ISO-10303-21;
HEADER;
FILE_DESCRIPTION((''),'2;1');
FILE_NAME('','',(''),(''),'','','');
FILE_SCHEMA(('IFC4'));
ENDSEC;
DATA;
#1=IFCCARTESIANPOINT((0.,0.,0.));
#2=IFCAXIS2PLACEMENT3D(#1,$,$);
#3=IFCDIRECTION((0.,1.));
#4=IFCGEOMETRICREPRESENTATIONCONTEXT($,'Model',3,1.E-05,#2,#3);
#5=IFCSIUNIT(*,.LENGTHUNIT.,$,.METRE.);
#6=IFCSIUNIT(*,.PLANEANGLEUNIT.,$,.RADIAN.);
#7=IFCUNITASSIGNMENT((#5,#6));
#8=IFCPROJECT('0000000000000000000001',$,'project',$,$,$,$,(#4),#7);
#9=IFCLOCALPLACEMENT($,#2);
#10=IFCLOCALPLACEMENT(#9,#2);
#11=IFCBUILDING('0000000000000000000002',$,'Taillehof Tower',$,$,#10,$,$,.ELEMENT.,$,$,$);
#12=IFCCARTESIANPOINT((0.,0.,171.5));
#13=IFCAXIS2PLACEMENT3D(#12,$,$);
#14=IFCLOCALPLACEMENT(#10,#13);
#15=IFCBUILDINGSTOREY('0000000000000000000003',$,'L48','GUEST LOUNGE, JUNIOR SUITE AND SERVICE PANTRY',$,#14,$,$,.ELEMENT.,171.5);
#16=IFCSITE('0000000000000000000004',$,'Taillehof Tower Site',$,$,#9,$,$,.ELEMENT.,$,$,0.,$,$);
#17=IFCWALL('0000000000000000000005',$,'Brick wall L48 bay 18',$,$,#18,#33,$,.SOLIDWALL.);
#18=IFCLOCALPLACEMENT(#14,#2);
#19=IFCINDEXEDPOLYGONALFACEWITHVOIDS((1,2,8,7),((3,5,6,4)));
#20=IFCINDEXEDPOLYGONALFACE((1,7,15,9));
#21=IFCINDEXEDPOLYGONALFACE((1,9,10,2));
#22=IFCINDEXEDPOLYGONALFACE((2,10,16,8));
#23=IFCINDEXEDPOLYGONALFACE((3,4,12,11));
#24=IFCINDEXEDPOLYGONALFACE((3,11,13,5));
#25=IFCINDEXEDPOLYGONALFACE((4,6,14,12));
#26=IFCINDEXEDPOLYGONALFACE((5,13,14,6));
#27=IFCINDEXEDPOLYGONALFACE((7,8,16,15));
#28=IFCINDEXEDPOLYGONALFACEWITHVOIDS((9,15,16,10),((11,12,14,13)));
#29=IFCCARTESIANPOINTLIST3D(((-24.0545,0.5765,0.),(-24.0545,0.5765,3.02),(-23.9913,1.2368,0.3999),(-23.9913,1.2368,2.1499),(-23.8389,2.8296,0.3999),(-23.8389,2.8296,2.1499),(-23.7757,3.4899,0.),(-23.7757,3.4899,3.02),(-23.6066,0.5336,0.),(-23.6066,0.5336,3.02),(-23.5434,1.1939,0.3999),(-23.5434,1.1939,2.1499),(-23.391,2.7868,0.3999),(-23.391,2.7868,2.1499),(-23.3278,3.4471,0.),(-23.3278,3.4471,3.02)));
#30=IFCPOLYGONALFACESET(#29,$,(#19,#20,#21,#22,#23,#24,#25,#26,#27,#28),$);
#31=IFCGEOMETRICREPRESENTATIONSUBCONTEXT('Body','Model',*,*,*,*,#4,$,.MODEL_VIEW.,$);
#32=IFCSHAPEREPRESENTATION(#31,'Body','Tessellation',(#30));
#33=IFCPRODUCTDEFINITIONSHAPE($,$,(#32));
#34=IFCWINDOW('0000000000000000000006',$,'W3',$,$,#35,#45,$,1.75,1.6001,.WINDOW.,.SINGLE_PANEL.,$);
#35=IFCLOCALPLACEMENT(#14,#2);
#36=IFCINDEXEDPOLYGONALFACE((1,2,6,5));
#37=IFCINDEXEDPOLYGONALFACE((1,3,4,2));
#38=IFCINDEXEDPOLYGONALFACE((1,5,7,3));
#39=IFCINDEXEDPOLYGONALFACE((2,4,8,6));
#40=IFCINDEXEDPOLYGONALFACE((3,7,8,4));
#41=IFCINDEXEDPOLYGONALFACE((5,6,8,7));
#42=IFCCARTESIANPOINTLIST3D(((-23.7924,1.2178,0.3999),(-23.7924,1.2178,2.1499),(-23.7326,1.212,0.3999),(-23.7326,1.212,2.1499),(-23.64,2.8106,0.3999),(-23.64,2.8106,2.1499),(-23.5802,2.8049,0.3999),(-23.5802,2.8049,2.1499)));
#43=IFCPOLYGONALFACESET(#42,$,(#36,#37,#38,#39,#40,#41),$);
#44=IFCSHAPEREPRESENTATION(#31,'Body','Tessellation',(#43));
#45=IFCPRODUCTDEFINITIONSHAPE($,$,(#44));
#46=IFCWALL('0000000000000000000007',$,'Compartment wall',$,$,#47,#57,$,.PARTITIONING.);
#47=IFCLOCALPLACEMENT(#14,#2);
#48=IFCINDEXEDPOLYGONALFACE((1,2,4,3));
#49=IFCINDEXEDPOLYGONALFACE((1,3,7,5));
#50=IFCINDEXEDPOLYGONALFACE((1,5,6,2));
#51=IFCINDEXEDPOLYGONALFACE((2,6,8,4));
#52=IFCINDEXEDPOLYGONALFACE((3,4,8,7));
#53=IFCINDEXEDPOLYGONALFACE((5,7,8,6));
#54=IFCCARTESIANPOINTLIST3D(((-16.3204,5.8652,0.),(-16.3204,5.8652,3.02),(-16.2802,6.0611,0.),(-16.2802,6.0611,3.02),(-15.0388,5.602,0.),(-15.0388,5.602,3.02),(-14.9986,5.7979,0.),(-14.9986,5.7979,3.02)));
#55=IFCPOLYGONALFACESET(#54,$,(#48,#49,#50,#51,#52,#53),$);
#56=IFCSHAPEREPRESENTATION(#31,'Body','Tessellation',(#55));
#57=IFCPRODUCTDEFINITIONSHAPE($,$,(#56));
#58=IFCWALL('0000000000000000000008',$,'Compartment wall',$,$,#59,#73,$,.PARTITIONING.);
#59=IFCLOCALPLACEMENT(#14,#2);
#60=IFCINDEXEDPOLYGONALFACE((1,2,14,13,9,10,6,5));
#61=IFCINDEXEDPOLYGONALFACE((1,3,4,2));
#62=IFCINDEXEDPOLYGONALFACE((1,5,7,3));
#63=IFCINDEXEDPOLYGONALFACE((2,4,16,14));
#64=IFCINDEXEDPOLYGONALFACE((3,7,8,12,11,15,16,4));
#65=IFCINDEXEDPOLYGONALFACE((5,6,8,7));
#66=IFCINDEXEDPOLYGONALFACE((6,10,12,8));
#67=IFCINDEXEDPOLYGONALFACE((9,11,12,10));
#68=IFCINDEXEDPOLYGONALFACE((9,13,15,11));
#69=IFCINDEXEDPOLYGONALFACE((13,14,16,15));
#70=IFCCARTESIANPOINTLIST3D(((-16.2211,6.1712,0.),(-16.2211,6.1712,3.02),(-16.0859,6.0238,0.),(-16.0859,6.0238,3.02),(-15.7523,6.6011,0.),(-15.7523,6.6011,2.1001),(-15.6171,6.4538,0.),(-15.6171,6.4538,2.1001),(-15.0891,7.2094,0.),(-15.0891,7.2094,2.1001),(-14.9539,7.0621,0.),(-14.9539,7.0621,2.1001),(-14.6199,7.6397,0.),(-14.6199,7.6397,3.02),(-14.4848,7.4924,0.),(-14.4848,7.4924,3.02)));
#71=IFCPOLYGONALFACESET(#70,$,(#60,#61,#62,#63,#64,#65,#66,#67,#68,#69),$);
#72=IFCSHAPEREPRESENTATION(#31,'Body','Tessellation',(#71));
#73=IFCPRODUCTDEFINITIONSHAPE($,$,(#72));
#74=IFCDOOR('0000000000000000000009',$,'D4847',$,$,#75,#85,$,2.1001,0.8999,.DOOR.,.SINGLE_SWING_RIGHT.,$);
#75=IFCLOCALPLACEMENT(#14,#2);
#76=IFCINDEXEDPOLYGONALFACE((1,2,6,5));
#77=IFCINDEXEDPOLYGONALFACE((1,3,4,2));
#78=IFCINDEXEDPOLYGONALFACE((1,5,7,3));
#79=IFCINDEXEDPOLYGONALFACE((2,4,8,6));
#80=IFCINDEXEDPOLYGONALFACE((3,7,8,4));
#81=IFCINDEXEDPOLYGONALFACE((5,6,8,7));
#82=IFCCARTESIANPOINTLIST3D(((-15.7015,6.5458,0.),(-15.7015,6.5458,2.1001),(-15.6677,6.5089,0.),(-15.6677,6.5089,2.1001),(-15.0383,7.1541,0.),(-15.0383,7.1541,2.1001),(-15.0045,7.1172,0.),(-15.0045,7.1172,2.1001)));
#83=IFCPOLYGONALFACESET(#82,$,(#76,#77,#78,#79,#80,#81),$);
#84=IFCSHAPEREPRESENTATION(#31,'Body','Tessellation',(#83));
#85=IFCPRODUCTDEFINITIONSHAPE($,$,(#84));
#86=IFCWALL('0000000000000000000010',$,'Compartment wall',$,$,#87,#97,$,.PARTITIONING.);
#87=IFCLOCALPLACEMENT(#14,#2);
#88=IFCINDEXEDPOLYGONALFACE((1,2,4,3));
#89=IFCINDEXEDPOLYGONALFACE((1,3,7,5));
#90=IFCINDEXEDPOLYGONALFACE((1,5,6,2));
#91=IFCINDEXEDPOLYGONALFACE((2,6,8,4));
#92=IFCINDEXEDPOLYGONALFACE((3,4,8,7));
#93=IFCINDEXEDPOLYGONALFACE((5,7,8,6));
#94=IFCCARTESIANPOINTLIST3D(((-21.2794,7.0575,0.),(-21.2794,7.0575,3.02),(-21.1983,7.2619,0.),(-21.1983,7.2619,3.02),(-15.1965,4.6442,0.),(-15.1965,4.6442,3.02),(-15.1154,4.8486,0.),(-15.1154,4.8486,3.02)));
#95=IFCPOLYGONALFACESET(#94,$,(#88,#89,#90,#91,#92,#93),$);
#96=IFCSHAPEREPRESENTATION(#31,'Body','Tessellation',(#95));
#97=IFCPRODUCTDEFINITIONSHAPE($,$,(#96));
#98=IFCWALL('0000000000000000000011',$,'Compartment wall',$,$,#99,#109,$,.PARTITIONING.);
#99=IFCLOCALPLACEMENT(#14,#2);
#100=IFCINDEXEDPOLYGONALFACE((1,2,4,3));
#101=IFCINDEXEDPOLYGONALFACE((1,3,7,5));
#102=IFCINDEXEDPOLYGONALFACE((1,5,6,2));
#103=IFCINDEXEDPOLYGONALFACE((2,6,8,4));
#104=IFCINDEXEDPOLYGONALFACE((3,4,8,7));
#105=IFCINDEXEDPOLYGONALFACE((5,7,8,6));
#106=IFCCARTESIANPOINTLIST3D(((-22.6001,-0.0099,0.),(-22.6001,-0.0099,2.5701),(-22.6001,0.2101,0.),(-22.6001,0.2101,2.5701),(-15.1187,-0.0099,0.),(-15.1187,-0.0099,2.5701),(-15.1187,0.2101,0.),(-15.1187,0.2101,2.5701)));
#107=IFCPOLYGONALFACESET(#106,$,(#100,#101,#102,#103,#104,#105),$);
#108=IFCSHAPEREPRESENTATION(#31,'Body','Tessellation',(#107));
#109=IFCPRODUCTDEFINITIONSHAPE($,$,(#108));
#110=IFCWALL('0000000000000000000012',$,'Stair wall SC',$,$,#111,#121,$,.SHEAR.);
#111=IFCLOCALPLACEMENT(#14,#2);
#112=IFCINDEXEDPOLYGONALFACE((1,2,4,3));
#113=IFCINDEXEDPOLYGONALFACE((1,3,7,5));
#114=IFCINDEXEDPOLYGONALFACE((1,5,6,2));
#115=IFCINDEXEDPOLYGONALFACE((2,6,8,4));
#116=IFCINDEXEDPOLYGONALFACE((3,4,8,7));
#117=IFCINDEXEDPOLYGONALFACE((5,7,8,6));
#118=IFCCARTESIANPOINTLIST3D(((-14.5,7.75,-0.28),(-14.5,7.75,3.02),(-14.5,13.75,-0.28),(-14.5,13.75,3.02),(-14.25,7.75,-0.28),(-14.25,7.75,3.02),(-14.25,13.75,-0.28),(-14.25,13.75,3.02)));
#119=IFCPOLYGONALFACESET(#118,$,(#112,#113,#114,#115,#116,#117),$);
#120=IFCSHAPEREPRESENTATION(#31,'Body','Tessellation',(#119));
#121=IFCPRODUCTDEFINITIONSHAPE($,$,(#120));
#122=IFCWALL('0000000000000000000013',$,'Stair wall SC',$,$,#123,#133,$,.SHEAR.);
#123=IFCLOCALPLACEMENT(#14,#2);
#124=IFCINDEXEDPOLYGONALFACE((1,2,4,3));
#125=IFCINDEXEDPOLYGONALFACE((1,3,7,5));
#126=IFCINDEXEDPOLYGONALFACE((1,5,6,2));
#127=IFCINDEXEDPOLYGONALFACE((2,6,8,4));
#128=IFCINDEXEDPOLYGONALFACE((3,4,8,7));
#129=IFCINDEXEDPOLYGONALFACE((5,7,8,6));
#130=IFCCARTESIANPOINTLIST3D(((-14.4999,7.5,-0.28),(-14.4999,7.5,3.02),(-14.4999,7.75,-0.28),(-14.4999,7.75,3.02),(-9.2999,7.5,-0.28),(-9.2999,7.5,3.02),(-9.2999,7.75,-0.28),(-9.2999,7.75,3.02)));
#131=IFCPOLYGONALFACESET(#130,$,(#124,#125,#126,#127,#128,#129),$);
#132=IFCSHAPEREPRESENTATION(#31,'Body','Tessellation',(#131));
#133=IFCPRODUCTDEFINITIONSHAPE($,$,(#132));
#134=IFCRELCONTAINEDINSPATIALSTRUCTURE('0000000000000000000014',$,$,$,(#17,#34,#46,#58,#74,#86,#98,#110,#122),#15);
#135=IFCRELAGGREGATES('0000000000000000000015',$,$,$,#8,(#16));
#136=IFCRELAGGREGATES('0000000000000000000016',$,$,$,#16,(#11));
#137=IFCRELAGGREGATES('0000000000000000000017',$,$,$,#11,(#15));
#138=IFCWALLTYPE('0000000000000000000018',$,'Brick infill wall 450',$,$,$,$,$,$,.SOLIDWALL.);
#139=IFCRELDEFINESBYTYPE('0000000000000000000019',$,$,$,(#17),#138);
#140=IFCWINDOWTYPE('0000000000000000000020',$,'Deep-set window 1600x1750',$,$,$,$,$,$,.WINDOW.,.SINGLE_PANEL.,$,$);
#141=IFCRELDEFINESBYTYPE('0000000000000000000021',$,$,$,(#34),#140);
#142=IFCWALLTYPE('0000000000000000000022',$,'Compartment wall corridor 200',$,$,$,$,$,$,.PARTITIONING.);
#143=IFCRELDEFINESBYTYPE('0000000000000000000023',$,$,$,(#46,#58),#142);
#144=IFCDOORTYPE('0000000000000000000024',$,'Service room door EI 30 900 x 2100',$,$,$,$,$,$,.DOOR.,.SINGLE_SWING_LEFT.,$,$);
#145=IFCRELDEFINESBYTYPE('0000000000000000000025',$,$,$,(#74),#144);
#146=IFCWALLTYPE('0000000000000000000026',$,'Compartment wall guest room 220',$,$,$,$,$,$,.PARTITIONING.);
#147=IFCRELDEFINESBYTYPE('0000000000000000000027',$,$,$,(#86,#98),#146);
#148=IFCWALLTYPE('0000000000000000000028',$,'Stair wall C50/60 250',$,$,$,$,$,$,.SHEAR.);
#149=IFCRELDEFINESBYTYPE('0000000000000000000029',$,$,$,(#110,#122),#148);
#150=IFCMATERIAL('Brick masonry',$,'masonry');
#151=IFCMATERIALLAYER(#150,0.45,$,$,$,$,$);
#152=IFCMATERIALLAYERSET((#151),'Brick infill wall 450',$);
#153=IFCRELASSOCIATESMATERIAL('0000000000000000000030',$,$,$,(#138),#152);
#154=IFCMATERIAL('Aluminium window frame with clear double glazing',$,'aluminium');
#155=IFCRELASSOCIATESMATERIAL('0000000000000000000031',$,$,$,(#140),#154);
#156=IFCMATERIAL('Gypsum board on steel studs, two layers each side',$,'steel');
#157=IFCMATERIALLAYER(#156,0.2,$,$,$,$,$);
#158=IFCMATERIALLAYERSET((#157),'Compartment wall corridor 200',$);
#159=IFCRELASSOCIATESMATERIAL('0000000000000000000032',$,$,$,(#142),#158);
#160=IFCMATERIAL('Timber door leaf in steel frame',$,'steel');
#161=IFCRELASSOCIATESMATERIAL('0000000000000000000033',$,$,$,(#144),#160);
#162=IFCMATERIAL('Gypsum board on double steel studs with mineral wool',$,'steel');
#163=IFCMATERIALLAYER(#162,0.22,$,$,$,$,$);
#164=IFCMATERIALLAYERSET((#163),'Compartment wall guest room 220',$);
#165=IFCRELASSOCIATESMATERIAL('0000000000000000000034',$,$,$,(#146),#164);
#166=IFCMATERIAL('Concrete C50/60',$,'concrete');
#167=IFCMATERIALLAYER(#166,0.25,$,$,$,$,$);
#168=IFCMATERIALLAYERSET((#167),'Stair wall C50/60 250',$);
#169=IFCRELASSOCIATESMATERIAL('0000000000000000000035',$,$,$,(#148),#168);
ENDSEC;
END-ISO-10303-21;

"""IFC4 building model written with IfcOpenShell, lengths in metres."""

from ifc_helpers import new_model, si_unit, direction, frame, frame_2d, origin, place, context, subcontext, project, spatial, rectangle, extrude, material, layer, layer_set, type_object, element, fill, save


model = new_model("IFC4")

# Units and contexts
model_context = context("Model", 3, precision=1e-05, world=origin(), true_north=direction((0.0, 1.0)))
body_context = subcontext(model_context, "Body", "Model", "MODEL_VIEW")
ifc_project = project(units=[si_unit("LENGTHUNIT", "METRE"), si_unit("PLANEANGLEUNIT", "RADIAN")], contexts=[model_context])

# Site, building, storey
site_placement = place(None, origin())
site = spatial("IfcSite", under=ifc_project, at=site_placement, Name="Taillehof Tower Site", CompositionType="ELEMENT", RefElevation=0.0)
building_placement = place(site_placement, origin())
building = spatial("IfcBuilding", under=site, at=building_placement, Name="Taillehof Tower", CompositionType="ELEMENT")
storey_placement = place(building_placement, frame((0.0, 0.0, 171.5)))
storey = spatial("IfcBuildingStorey", under=building, at=storey_placement, Name="L48", Description="GUEST LOUNGE, JUNIOR SUITE AND SERVICE PANTRY", CompositionType="ELEMENT", Elevation=171.5)

# Wall, opening, window
ifc_material_1 = material(Name="Brick masonry", Category="masonry")
ifc_layer_1 = layer(ifc_material_1, 0.45)
ifc_layer_set_1 = layer_set([ifc_layer_1], Name="Brick infill wall 450")
wall_type_1 = type_object("IfcWallType", Name="Brick infill wall 450", PredefinedType="SOLIDWALL", material=ifc_layer_set_1)
ifc_material_2 = material(Name="Aluminium window frame with clear double glazing", Category="aluminium")
window_type = type_object("IfcWindowType", Name="Deep-set window 1600x1750", PartitioningType="SINGLE_PANEL", PredefinedType="WINDOW", material=ifc_material_2)
wall_1_placement = place(storey_placement, frame((-23.5518, 3.4685, 0.0), z_axis=(0.0, 0.0, 1.0), x_axis=(-0.095266, -0.995452, 0.0)))
wall_1 = element("IfcWall", 1, at=wall_1_placement, inside=storey, type_object=wall_type_1, Name="Brick wall L48 bay 18", PredefinedType="SOLIDWALL", context=body_context, shape_type="SweptSolid", body=[
    extrude(rectangle(XDim=2.9268, YDim=0.45, at=frame_2d((1.4634, 0.0))), origin(), (0.0, 0.0, 1.0), 3.02),
])
opening_1_placement = place(wall_1_placement, frame((0.6633, 0.0, 0.3999)))
opening_1 = element("IfcOpeningElement", 2, at=opening_1_placement, cuts=wall_1, PredefinedType="OPENING", context=body_context, shape_type="SweptSolid", body=[
    extrude(rectangle(XDim=1.6001, YDim=1.75, at=frame_2d((0.8, 0.875))), frame((0.0, 0.2349, 0.0), z_axis=(0.0, -1.0, 0.0), x_axis=(1.0, 0.0, 0.0)), (0.0, 0.0, 1.0), 0.47),
])
window_1_placement = place(opening_1_placement, origin())
window_1 = element("IfcWindow", 3, at=window_1_placement, inside=storey, type_object=window_type, Name="W3", OverallHeight=1.75, OverallWidth=1.6001, PartitioningType="SINGLE_PANEL", PredefinedType="WINDOW", context=body_context, shape_type="SweptSolid", body=[
    extrude(rectangle(XDim=1.6001, YDim=1.75, at=frame_2d((0.8, 0.875))), frame((0.0, 0.0349, 0.0), z_axis=(0.0, -1.0, 0.0), x_axis=(1.0, 0.0, 0.0)), (0.0, 0.0, 1.0), 0.0601),
])
fill(opening_1, window_1)

# Wall
ifc_material_3 = material(Name="Gypsum board on steel studs, two layers each side", Category="steel")
ifc_layer_2 = layer(ifc_material_3, 0.2)
ifc_layer_set_2 = layer_set([ifc_layer_2], Name="Compartment wall corridor 200")
wall_type_2 = type_object("IfcWallType", Name="Compartment wall corridor 200", PredefinedType="PARTITIONING", material=ifc_layer_set_2)
wall_2_placement = place(storey_placement, frame((-15.0186, 5.7, 0.0), z_axis=(0.0, 0.0, 1.0), x_axis=(-0.979556, 0.201174, 0.0)))
element("IfcWall", 4, at=wall_2_placement, inside=storey, type_object=wall_type_2, Name="Compartment wall", PredefinedType="PARTITIONING", context=body_context, shape_type="SweptSolid", body=[
    extrude(rectangle(XDim=1.3083, YDim=0.2, at=frame_2d((0.6543, 0.0))), origin(), (0.0, 0.0, 1.0), 3.02),
])

# Wall, opening, door
wall_3_placement = place(storey_placement, frame((-16.1536, 6.0974, 0.0), z_axis=(0.0, 0.0, 1.0), x_axis=(0.736958, 0.675938, 0.0)))
wall_3 = element("IfcWall", 5, at=wall_3_placement, inside=storey, type_object=wall_type_2, Name="Compartment wall", PredefinedType="PARTITIONING", context=body_context, shape_type="SweptSolid", body=[
    extrude(rectangle(XDim=2.1726, YDim=0.2, at=frame_2d((1.0864, 0.0))), origin(), (0.0, 0.0, 1.0), 3.02),
])
opening_2_placement = place(wall_3_placement, frame((0.6362, 0.0, 0.0)))
opening_2 = element("IfcOpeningElement", 6, at=opening_2_placement, cuts=wall_3, PredefinedType="OPENING", context=body_context, shape_type="SweptSolid", body=[
    extrude(rectangle(XDim=0.8999, YDim=2.1001, at=frame_2d((0.45, 1.05))), frame((0.0, 0.1099, 0.0), z_axis=(0.0, -1.0, 0.0), x_axis=(1.0, 0.0, 0.0)), (0.0, 0.0, 1.0), 0.22),
])
ifc_material_4 = material(Name="Timber door leaf in steel frame", Category="steel")
door_type = type_object("IfcDoorType", Name="Service room door EI 30 900 x 2100", OperationType="SINGLE_SWING_LEFT", PredefinedType="DOOR", material=ifc_material_4)
door_placement = place(opening_2_placement, origin())
door = element("IfcDoor", 7, at=door_placement, inside=storey, type_object=door_type, Name="D4847", OperationType="SINGLE_SWING_RIGHT", OverallHeight=2.1001, OverallWidth=0.8999, PredefinedType="DOOR", context=body_context, shape_type="SweptSolid", body=[
    extrude(rectangle(XDim=0.8999, YDim=2.1001, at=frame_2d((0.45, 1.05))), frame((0.0, 0.0249, 0.0), z_axis=(0.0, -1.0, 0.0), x_axis=(1.0, 0.0, 0.0)), (0.0, 0.0, 1.0), 0.05),
])
fill(opening_2, door)

# Walls
ifc_material_5 = material(Name="Gypsum board on double steel studs with mineral wool", Category="steel")
ifc_layer_3 = layer(ifc_material_5, 0.22)
ifc_layer_set_3 = layer_set([ifc_layer_3], Name="Compartment wall guest room 220")
wall_type_3 = type_object("IfcWallType", Name="Compartment wall guest room 220", PredefinedType="PARTITIONING", material=ifc_layer_set_3)
wall_4_placement = place(storey_placement, frame((-21.2388, 7.1597, 0.0), z_axis=(0.0, 0.0, 1.0), x_axis=(0.92952, -0.368771, 0.0)))
element("IfcWall", 8, at=wall_4_placement, inside=storey, type_object=wall_type_3, Name="Compartment wall", PredefinedType="PARTITIONING", context=body_context, shape_type="SweptSolid", body=[
    extrude(rectangle(XDim=6.5442, YDim=0.22, at=frame_2d((3.272, 0.0))), origin(), (0.0, 0.0, 1.0), 3.02),
])
wall_5_placement = place(storey_placement, frame((-22.6001, 0.1001, 0.0), z_axis=(0.0, 0.0, 1.0), x_axis=(1.0, 0.0, 0.0)))
element("IfcWall", 9, at=wall_5_placement, inside=storey, type_object=wall_type_3, Name="Compartment wall", PredefinedType="PARTITIONING", context=body_context, shape_type="SweptSolid", body=[
    extrude(rectangle(XDim=7.4814, YDim=0.22, at=frame_2d((3.7407, 0.0))), origin(), (0.0, 0.0, 1.0), 2.5701),
])
ifc_material_6 = material(Name="Concrete C50/60", Category="concrete")
ifc_layer_4 = layer(ifc_material_6, 0.25)
ifc_layer_set_4 = layer_set([ifc_layer_4], Name="Stair wall C50/60 250")
wall_type_4 = type_object("IfcWallType", Name="Stair wall C50/60 250", PredefinedType="SHEAR", material=ifc_layer_set_4)
wall_6_placement = place(storey_placement, frame((-14.375, 7.75, -0.28), z_axis=(0.0, 0.0, 1.0), x_axis=(0.0, 1.0, 0.0)))
element("IfcWall", 10, at=wall_6_placement, inside=storey, type_object=wall_type_4, Name="Stair wall SC", PredefinedType="SHEAR", context=body_context, shape_type="SweptSolid", body=[
    extrude(rectangle(XDim=6.0, YDim=0.25, at=frame_2d((3.0, 0.0))), origin(), (0.0, 0.0, 1.0), 3.3),
])
wall_7_placement = place(storey_placement, frame((-14.5, 7.625, -0.28), z_axis=(0.0, 0.0, 1.0), x_axis=(1.0, 0.0, 0.0)))
element("IfcWall", 11, at=wall_7_placement, inside=storey, type_object=wall_type_4, Name="Stair wall SC", PredefinedType="SHEAR", context=body_context, shape_type="SweptSolid", body=[
    extrude(rectangle(XDim=5.2, YDim=0.25, at=frame_2d((2.6001, 0.0))), origin(), (0.0, 0.0, 1.0), 3.3),
])

save(model, "model.ifc")
